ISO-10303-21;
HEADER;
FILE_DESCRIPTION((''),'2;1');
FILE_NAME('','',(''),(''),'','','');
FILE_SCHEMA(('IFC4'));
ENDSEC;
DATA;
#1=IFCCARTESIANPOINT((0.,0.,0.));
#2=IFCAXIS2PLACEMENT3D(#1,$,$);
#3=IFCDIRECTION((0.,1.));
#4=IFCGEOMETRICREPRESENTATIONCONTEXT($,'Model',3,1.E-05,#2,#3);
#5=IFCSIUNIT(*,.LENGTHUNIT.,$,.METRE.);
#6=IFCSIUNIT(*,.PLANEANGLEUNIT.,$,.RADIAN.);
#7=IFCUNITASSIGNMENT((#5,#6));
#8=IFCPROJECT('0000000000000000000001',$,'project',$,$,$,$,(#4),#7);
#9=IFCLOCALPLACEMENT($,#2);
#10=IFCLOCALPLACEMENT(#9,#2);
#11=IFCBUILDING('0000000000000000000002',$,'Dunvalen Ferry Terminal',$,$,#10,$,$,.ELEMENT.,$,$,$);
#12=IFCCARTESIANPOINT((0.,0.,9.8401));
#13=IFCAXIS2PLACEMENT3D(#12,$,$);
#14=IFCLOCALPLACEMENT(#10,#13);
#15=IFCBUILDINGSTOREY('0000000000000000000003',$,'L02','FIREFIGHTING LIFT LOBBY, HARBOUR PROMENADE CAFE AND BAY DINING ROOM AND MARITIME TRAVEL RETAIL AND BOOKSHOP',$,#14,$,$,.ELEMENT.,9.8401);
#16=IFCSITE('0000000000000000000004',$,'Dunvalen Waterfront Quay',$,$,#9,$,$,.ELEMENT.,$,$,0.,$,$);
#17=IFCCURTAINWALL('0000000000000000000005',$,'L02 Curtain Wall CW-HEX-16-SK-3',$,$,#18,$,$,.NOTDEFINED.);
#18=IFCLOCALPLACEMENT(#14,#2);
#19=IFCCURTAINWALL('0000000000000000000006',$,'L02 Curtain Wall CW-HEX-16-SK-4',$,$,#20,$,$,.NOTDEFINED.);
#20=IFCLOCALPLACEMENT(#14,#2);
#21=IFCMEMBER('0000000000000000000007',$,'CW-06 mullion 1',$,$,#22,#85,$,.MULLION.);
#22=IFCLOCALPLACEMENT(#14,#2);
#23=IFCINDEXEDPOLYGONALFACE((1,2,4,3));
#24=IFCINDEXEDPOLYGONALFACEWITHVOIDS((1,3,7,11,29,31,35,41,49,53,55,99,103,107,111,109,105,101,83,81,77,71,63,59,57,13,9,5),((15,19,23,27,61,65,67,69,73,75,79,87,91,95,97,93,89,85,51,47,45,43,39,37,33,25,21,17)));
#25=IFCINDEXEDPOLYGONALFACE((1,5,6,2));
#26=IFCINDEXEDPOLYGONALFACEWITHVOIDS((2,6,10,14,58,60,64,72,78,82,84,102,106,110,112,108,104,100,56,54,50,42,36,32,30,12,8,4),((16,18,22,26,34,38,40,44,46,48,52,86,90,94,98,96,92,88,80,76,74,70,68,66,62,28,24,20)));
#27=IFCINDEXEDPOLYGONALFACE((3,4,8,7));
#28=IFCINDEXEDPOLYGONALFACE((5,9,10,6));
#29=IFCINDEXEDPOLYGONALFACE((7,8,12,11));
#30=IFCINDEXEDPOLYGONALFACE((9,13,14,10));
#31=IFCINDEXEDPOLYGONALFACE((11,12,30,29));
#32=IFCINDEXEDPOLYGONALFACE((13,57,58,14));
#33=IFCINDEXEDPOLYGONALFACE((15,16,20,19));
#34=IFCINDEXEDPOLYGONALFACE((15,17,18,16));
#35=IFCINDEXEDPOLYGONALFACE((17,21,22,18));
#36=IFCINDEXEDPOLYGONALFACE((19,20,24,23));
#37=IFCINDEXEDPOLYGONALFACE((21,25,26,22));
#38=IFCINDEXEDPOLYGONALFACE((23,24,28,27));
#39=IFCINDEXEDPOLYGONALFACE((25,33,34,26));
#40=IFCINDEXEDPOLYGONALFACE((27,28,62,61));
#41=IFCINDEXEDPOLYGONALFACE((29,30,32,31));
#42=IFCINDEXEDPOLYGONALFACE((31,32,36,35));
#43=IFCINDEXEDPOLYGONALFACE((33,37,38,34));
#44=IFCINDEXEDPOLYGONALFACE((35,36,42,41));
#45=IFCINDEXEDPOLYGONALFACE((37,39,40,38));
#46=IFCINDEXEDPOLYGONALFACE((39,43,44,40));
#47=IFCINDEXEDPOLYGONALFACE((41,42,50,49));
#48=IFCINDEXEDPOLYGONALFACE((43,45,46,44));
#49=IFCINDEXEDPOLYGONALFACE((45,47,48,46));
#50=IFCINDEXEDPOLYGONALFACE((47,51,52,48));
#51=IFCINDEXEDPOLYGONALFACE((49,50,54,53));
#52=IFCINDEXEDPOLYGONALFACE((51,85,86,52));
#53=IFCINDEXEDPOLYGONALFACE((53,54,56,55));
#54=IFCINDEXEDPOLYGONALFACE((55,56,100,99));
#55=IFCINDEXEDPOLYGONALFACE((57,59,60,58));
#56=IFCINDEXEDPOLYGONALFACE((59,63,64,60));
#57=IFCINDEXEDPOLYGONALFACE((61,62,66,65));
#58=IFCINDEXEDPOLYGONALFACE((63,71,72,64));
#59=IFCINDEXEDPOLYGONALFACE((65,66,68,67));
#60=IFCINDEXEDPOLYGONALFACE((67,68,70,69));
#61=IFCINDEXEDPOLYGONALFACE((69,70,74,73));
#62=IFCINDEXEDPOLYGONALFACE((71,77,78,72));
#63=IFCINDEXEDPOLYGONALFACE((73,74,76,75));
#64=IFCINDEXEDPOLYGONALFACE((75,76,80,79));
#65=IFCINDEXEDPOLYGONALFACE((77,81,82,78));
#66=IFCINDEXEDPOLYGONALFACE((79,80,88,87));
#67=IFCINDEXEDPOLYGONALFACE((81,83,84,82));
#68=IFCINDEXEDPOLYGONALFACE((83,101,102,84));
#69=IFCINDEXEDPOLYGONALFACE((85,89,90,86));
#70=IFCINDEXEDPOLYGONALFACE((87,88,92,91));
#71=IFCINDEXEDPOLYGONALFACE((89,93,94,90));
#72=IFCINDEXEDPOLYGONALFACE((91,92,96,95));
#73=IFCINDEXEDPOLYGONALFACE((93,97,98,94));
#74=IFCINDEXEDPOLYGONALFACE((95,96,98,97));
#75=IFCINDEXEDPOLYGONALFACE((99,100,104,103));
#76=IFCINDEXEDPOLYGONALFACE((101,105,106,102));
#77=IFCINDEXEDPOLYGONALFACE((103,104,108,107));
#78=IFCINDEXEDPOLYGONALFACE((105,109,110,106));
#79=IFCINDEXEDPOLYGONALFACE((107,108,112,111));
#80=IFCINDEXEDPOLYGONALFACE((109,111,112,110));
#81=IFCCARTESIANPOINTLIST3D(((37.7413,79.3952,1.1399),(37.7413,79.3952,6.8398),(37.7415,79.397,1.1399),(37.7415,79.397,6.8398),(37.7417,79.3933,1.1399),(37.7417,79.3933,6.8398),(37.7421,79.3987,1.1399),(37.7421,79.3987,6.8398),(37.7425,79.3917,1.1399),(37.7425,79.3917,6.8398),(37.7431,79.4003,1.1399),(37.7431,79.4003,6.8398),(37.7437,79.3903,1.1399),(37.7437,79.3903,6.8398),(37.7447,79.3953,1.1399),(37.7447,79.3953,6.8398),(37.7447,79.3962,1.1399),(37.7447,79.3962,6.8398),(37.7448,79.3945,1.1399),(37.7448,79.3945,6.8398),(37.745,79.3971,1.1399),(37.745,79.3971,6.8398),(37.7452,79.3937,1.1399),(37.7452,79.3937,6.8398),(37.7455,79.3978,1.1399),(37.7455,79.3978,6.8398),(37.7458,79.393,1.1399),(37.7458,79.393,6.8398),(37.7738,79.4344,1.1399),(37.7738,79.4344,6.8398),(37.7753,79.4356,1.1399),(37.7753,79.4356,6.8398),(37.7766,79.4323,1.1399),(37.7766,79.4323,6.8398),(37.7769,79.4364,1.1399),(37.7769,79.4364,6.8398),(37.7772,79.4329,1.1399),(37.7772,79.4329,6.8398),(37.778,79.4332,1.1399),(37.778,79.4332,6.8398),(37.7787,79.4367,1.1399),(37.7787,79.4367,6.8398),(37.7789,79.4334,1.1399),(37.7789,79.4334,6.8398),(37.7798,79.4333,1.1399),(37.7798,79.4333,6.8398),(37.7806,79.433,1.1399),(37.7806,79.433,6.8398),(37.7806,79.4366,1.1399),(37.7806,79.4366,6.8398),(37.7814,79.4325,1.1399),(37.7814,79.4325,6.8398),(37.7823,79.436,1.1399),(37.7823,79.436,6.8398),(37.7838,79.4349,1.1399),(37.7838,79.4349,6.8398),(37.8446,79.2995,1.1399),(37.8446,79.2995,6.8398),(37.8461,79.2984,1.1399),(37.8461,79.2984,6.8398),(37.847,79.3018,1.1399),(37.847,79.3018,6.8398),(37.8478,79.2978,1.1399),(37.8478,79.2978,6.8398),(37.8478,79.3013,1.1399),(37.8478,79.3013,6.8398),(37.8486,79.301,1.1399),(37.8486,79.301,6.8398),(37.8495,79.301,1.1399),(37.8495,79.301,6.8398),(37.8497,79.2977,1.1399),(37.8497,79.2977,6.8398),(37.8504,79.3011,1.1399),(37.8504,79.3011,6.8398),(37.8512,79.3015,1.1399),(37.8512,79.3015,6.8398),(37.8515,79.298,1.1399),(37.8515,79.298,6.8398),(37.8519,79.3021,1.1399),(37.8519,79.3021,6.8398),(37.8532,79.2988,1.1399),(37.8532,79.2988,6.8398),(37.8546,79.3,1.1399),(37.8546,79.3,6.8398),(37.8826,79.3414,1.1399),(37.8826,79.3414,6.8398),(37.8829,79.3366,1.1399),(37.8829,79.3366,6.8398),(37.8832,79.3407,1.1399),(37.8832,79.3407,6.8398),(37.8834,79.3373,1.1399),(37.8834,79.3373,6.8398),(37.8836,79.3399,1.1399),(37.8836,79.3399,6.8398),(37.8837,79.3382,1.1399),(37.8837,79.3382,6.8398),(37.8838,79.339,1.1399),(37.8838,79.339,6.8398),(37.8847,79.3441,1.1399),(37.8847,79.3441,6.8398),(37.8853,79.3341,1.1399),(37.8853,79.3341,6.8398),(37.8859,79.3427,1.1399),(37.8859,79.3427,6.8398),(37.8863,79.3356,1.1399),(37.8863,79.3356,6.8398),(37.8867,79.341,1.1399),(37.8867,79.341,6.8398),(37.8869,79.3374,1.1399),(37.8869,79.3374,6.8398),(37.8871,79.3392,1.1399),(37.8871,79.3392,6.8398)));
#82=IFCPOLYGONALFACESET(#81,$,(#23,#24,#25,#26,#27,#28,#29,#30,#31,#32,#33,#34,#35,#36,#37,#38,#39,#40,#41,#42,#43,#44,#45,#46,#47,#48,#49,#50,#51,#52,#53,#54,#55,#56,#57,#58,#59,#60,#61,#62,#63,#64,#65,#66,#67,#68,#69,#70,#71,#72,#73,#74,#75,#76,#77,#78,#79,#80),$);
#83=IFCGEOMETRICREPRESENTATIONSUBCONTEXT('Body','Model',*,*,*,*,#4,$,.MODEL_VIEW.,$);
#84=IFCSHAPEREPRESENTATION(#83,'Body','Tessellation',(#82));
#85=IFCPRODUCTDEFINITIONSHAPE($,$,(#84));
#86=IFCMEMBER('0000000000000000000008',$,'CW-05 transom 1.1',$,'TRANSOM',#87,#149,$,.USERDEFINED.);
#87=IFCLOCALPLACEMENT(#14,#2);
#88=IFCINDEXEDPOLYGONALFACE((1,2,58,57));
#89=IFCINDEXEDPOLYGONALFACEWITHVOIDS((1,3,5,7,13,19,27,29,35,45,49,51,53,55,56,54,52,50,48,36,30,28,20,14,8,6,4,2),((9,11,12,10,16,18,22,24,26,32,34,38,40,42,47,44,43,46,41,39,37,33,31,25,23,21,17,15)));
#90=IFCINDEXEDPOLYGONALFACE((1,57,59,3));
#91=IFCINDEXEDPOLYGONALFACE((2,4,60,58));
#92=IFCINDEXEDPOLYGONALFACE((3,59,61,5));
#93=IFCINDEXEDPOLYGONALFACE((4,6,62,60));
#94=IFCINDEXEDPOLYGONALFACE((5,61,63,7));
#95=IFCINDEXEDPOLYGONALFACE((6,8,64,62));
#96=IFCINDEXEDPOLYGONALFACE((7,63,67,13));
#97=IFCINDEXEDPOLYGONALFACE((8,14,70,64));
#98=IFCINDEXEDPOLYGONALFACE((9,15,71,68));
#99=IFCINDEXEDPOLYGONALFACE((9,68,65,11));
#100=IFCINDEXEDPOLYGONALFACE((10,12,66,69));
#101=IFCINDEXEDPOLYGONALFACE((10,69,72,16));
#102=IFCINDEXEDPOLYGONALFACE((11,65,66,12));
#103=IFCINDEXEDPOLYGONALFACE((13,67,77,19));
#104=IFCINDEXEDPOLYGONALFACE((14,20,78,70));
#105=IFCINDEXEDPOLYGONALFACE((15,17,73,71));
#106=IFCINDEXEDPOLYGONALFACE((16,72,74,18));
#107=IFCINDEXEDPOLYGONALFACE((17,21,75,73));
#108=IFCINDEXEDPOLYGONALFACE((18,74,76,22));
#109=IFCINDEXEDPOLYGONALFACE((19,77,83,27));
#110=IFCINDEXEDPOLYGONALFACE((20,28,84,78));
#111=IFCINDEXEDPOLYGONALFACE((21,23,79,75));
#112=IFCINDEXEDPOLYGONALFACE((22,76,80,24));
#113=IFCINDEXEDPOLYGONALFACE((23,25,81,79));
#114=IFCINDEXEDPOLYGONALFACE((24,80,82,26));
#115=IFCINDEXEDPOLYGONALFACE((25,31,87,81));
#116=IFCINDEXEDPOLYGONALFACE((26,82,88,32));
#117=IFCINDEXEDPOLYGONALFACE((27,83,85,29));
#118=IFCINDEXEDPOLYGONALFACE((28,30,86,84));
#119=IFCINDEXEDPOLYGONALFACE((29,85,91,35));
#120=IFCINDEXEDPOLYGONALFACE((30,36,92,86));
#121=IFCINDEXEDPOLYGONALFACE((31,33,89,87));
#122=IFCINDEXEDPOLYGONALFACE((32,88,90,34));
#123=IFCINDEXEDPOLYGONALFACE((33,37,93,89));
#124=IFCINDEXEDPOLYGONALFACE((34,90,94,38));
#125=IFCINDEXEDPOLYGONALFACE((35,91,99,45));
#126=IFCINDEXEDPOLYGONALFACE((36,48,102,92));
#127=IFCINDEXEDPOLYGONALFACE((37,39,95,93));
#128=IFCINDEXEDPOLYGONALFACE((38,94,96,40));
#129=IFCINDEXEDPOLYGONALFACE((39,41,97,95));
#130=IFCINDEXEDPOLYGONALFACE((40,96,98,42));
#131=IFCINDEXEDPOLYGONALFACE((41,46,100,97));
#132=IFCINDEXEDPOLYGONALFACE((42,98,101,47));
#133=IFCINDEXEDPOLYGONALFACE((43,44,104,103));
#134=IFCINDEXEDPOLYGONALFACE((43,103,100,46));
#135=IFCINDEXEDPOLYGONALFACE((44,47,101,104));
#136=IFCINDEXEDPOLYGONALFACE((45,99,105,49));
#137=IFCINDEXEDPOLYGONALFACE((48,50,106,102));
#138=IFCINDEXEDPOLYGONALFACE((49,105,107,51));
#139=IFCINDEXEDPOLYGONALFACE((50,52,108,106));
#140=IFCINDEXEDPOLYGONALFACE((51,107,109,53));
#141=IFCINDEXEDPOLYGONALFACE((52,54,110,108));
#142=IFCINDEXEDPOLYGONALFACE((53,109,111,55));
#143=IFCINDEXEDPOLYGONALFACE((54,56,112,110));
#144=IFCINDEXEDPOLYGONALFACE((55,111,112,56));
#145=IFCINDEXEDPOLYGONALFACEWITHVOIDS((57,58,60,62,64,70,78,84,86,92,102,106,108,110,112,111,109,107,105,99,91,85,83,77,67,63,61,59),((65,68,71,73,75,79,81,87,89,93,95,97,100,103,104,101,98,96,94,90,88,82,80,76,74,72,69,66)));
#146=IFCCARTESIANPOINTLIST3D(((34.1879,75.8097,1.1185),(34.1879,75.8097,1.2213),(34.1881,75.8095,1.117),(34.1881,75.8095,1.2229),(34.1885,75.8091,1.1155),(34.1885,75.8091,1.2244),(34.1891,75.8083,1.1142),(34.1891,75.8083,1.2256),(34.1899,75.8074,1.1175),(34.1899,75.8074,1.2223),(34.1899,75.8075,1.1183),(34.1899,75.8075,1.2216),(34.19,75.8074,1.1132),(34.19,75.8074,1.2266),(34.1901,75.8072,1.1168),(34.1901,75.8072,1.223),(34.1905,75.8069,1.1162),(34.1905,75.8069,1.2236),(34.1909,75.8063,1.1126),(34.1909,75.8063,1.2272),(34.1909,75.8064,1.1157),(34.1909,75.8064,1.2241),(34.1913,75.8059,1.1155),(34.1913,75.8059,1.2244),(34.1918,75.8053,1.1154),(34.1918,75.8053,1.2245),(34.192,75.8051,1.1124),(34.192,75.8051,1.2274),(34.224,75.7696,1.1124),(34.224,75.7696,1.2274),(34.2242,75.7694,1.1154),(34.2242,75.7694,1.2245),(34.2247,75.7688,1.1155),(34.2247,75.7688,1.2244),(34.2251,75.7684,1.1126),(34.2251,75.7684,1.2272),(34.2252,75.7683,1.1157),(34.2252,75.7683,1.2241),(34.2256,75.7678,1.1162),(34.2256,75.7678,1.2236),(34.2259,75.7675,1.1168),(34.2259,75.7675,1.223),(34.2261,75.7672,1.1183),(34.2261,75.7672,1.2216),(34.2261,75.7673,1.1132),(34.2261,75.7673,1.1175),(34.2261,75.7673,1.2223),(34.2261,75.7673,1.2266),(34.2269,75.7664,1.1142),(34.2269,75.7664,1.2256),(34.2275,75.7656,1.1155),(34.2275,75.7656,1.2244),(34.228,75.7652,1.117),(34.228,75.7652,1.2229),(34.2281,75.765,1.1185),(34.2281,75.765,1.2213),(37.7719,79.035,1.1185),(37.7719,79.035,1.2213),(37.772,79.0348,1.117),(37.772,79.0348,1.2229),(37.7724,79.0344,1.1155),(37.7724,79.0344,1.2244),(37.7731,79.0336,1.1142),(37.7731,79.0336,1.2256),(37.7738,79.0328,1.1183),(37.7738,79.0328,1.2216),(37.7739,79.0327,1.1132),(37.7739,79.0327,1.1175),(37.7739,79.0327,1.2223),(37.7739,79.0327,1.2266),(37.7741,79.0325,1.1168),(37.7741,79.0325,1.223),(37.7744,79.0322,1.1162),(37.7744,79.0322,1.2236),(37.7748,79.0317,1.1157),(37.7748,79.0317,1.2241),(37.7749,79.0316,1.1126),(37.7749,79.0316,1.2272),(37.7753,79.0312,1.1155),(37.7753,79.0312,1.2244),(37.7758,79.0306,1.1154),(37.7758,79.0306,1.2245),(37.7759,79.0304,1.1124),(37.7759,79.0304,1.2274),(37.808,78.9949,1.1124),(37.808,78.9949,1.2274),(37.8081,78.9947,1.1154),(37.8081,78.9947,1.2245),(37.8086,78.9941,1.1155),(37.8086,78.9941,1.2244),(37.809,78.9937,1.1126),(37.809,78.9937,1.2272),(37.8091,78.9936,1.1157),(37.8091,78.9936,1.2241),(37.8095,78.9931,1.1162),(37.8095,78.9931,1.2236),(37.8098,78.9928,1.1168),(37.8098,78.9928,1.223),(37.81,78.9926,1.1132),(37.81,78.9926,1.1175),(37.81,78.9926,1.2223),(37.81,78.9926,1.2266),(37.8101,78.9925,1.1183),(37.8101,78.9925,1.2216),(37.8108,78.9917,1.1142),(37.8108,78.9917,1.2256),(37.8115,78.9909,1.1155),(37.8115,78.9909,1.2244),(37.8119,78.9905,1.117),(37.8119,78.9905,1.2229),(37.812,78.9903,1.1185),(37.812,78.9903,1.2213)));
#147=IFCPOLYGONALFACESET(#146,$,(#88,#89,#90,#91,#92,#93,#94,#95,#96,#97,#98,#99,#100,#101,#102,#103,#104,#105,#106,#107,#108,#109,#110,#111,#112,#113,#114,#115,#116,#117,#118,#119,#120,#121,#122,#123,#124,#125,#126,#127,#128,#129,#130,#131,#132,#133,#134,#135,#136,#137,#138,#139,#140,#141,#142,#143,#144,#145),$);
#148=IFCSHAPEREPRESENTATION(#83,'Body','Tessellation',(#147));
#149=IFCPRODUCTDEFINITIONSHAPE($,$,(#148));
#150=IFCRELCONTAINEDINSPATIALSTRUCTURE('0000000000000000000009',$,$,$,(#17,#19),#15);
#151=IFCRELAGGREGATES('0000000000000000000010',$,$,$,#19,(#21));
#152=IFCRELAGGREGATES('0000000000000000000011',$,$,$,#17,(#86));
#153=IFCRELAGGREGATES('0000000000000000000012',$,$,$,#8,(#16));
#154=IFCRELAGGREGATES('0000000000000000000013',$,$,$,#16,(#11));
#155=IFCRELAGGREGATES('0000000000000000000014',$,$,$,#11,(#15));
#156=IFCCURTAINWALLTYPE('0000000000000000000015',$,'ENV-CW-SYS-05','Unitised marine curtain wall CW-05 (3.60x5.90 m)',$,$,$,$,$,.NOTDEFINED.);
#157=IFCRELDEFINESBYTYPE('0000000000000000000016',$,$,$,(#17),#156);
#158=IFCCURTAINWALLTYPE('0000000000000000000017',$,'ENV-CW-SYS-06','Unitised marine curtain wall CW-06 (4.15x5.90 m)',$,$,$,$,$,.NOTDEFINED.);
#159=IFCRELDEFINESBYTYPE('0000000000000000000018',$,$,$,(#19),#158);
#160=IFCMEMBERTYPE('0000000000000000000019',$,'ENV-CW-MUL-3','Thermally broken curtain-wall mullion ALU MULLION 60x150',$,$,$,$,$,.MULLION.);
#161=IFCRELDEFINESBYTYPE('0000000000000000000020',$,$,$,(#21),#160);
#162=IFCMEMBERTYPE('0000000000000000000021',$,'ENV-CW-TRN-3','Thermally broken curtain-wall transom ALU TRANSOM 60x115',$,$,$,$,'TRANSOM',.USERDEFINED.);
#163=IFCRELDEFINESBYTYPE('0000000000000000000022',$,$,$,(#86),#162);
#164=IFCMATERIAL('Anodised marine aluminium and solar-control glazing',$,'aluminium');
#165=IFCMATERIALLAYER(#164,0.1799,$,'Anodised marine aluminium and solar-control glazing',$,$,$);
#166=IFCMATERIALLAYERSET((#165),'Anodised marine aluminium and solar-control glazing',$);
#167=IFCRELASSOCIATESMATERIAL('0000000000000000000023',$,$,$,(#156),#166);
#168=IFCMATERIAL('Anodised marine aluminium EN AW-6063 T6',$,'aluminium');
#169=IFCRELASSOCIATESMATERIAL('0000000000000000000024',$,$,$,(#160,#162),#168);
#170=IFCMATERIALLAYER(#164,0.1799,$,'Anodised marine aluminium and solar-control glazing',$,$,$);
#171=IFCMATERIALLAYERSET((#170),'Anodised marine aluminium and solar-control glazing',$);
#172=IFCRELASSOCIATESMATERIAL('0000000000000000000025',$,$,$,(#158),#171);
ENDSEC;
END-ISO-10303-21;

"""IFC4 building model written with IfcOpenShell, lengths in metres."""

from ifc_helpers import new_model, si_unit, direction, frame, origin, origin_2d, place, context, subcontext, project, spatial, hollow_rectangle, extrude, material, layer, layer_set, material_profile, profile_set, type_object, element, aggregate, save


model = new_model("IFC4")

# Units and contexts
model_context = context("Model", 3, precision=1e-05, world=origin(), true_north=direction((0.0, 1.0)))
body_context = subcontext(model_context, "Body", "Model", "MODEL_VIEW")
ifc_project = project(units=[si_unit("LENGTHUNIT", "METRE"), si_unit("PLANEANGLEUNIT", "RADIAN")], contexts=[model_context])

# Site, building, storey
site_placement = place(None, origin())
site = spatial("IfcSite", under=ifc_project, at=site_placement, Name="Dunvalen Waterfront Quay", CompositionType="ELEMENT", RefElevation=0.0)
building_placement = place(site_placement, origin())
building = spatial("IfcBuilding", under=site, at=building_placement, Name="Dunvalen Ferry Terminal", CompositionType="ELEMENT")
storey_placement = place(building_placement, frame((0.0, 0.0, 9.8401)))
storey = spatial("IfcBuildingStorey", under=building, at=storey_placement, Name="L02", Description="FIREFIGHTING LIFT LOBBY, HARBOUR PROMENADE CAFE AND BAY DINING ROOM AND MARITIME TRAVEL RETAIL AND BOOKSHOP", CompositionType="ELEMENT", Elevation=9.8401)

# Curtain wall
ifc_material_1 = material(Name="Anodised marine aluminium and solar-control glazing", Category="aluminium")
ifc_layer_1 = layer(ifc_material_1, 0.1799, Name="Anodised marine aluminium and solar-control glazing")
ifc_layer_set_1 = layer_set([ifc_layer_1], Name="Anodised marine aluminium and solar-control glazing")
curtain_wall_type_1 = type_object("IfcCurtainWallType", Name="ENV-CW-SYS-05", Description="Unitised marine curtain wall CW-05 (3.60x5.90 m)", PredefinedType="NOTDEFINED", material=ifc_layer_set_1)
curtain_wall_1_placement = place(storey_placement, origin())
curtain_wall_1 = element("IfcCurtainWall", 1, at=curtain_wall_1_placement, inside=storey, type_object=curtain_wall_type_1, Name="L02 Curtain Wall CW-HEX-16-SK-3", PredefinedType="NOTDEFINED")
ifc_material_2 = material(Name="Anodised marine aluminium EN AW-6063 T6", Category="aluminium")
ifc_material_profile_1 = material_profile(ifc_material_2, hollow_rectangle(XDim=0.0601, YDim=0.1499, WallThickness=0.0034, InnerFilletRadius=0.0034, OuterFilletRadius=0.0071, at=origin_2d()), Name="Anodised marine aluminium EN AW-6063 T6")
ifc_profile_set_1 = profile_set([ifc_material_profile_1], Name="Anodised marine aluminium EN AW-6063 T6")
member_type_1 = type_object("IfcMemberType", Name="ENV-CW-MUL-3", Description="Thermally broken curtain-wall mullion ALU MULLION 60x150", PredefinedType="MULLION", material=ifc_profile_set_1)

# Curtain wall, member
ifc_layer_2 = layer(ifc_material_1, 0.1799, Name="Anodised marine aluminium and solar-control glazing")
ifc_layer_set_2 = layer_set([ifc_layer_2], Name="Anodised marine aluminium and solar-control glazing")
curtain_wall_type_2 = type_object("IfcCurtainWallType", Name="ENV-CW-SYS-06", Description="Unitised marine curtain wall CW-06 (4.15x5.90 m)", PredefinedType="NOTDEFINED", material=ifc_layer_set_2)
curtain_wall_2_placement = place(storey_placement, origin())
curtain_wall_2 = element("IfcCurtainWall", 2, at=curtain_wall_2_placement, inside=storey, type_object=curtain_wall_type_2, Name="L02 Curtain Wall CW-HEX-16-SK-4", PredefinedType="NOTDEFINED")
member_1_placement = place(storey_placement, frame((37.8142, 79.3672, 1.1399), z_axis=(0.0, 0.0, 1.0), x_axis=(-0.668954, -0.743304, 0.0)))
member_1 = element("IfcMember", 3, at=member_1_placement, type_object=member_type_1, Name="CW-06 mullion 1", PredefinedType="MULLION", context=body_context, shape_type="SweptSolid", body=[
    extrude(hollow_rectangle(XDim=0.0601, YDim=0.1499, WallThickness=0.0034, InnerFilletRadius=0.0034, OuterFilletRadius=0.0071, at=origin_2d()), origin(), (0.0, 0.0, 1.0), 5.7),
])

# Member
ifc_material_profile_2 = material_profile(ifc_material_2, hollow_rectangle(XDim=0.0601, YDim=0.115, WallThickness=0.0029, InnerFilletRadius=0.0029, OuterFilletRadius=0.0061, at=origin_2d()), Name="Anodised marine aluminium EN AW-6063 T6")
ifc_profile_set_2 = profile_set([ifc_material_profile_2], Name="Anodised marine aluminium EN AW-6063 T6")
member_type_2 = type_object("IfcMemberType", Name="ENV-CW-TRN-3", Description="Thermally broken curtain-wall transom ALU TRANSOM 60x115", ElementType="TRANSOM", PredefinedType="USERDEFINED", material=ifc_profile_set_2)
member_2_placement = place(storey_placement, frame((34.208, 75.7874, 1.1699), z_axis=(0.743319, 0.668937, 0.0), x_axis=(-0.668937, 0.743319, 0.0)))
member_2 = element("IfcMember", 4, at=member_2_placement, type_object=member_type_2, Name="CW-05 transom 1.1", ObjectType="TRANSOM", PredefinedType="USERDEFINED", context=body_context, shape_type="SweptSolid", body=[
    extrude(hollow_rectangle(XDim=0.0601, YDim=0.115, WallThickness=0.0029, InnerFilletRadius=0.0029, OuterFilletRadius=0.0061, at=origin_2d()), origin(), (0.0, 0.0, 1.0), 4.8215),
])
aggregate(curtain_wall_2, [member_1])

aggregate(curtain_wall_1, [member_2])

save(model, "model.ifc")
